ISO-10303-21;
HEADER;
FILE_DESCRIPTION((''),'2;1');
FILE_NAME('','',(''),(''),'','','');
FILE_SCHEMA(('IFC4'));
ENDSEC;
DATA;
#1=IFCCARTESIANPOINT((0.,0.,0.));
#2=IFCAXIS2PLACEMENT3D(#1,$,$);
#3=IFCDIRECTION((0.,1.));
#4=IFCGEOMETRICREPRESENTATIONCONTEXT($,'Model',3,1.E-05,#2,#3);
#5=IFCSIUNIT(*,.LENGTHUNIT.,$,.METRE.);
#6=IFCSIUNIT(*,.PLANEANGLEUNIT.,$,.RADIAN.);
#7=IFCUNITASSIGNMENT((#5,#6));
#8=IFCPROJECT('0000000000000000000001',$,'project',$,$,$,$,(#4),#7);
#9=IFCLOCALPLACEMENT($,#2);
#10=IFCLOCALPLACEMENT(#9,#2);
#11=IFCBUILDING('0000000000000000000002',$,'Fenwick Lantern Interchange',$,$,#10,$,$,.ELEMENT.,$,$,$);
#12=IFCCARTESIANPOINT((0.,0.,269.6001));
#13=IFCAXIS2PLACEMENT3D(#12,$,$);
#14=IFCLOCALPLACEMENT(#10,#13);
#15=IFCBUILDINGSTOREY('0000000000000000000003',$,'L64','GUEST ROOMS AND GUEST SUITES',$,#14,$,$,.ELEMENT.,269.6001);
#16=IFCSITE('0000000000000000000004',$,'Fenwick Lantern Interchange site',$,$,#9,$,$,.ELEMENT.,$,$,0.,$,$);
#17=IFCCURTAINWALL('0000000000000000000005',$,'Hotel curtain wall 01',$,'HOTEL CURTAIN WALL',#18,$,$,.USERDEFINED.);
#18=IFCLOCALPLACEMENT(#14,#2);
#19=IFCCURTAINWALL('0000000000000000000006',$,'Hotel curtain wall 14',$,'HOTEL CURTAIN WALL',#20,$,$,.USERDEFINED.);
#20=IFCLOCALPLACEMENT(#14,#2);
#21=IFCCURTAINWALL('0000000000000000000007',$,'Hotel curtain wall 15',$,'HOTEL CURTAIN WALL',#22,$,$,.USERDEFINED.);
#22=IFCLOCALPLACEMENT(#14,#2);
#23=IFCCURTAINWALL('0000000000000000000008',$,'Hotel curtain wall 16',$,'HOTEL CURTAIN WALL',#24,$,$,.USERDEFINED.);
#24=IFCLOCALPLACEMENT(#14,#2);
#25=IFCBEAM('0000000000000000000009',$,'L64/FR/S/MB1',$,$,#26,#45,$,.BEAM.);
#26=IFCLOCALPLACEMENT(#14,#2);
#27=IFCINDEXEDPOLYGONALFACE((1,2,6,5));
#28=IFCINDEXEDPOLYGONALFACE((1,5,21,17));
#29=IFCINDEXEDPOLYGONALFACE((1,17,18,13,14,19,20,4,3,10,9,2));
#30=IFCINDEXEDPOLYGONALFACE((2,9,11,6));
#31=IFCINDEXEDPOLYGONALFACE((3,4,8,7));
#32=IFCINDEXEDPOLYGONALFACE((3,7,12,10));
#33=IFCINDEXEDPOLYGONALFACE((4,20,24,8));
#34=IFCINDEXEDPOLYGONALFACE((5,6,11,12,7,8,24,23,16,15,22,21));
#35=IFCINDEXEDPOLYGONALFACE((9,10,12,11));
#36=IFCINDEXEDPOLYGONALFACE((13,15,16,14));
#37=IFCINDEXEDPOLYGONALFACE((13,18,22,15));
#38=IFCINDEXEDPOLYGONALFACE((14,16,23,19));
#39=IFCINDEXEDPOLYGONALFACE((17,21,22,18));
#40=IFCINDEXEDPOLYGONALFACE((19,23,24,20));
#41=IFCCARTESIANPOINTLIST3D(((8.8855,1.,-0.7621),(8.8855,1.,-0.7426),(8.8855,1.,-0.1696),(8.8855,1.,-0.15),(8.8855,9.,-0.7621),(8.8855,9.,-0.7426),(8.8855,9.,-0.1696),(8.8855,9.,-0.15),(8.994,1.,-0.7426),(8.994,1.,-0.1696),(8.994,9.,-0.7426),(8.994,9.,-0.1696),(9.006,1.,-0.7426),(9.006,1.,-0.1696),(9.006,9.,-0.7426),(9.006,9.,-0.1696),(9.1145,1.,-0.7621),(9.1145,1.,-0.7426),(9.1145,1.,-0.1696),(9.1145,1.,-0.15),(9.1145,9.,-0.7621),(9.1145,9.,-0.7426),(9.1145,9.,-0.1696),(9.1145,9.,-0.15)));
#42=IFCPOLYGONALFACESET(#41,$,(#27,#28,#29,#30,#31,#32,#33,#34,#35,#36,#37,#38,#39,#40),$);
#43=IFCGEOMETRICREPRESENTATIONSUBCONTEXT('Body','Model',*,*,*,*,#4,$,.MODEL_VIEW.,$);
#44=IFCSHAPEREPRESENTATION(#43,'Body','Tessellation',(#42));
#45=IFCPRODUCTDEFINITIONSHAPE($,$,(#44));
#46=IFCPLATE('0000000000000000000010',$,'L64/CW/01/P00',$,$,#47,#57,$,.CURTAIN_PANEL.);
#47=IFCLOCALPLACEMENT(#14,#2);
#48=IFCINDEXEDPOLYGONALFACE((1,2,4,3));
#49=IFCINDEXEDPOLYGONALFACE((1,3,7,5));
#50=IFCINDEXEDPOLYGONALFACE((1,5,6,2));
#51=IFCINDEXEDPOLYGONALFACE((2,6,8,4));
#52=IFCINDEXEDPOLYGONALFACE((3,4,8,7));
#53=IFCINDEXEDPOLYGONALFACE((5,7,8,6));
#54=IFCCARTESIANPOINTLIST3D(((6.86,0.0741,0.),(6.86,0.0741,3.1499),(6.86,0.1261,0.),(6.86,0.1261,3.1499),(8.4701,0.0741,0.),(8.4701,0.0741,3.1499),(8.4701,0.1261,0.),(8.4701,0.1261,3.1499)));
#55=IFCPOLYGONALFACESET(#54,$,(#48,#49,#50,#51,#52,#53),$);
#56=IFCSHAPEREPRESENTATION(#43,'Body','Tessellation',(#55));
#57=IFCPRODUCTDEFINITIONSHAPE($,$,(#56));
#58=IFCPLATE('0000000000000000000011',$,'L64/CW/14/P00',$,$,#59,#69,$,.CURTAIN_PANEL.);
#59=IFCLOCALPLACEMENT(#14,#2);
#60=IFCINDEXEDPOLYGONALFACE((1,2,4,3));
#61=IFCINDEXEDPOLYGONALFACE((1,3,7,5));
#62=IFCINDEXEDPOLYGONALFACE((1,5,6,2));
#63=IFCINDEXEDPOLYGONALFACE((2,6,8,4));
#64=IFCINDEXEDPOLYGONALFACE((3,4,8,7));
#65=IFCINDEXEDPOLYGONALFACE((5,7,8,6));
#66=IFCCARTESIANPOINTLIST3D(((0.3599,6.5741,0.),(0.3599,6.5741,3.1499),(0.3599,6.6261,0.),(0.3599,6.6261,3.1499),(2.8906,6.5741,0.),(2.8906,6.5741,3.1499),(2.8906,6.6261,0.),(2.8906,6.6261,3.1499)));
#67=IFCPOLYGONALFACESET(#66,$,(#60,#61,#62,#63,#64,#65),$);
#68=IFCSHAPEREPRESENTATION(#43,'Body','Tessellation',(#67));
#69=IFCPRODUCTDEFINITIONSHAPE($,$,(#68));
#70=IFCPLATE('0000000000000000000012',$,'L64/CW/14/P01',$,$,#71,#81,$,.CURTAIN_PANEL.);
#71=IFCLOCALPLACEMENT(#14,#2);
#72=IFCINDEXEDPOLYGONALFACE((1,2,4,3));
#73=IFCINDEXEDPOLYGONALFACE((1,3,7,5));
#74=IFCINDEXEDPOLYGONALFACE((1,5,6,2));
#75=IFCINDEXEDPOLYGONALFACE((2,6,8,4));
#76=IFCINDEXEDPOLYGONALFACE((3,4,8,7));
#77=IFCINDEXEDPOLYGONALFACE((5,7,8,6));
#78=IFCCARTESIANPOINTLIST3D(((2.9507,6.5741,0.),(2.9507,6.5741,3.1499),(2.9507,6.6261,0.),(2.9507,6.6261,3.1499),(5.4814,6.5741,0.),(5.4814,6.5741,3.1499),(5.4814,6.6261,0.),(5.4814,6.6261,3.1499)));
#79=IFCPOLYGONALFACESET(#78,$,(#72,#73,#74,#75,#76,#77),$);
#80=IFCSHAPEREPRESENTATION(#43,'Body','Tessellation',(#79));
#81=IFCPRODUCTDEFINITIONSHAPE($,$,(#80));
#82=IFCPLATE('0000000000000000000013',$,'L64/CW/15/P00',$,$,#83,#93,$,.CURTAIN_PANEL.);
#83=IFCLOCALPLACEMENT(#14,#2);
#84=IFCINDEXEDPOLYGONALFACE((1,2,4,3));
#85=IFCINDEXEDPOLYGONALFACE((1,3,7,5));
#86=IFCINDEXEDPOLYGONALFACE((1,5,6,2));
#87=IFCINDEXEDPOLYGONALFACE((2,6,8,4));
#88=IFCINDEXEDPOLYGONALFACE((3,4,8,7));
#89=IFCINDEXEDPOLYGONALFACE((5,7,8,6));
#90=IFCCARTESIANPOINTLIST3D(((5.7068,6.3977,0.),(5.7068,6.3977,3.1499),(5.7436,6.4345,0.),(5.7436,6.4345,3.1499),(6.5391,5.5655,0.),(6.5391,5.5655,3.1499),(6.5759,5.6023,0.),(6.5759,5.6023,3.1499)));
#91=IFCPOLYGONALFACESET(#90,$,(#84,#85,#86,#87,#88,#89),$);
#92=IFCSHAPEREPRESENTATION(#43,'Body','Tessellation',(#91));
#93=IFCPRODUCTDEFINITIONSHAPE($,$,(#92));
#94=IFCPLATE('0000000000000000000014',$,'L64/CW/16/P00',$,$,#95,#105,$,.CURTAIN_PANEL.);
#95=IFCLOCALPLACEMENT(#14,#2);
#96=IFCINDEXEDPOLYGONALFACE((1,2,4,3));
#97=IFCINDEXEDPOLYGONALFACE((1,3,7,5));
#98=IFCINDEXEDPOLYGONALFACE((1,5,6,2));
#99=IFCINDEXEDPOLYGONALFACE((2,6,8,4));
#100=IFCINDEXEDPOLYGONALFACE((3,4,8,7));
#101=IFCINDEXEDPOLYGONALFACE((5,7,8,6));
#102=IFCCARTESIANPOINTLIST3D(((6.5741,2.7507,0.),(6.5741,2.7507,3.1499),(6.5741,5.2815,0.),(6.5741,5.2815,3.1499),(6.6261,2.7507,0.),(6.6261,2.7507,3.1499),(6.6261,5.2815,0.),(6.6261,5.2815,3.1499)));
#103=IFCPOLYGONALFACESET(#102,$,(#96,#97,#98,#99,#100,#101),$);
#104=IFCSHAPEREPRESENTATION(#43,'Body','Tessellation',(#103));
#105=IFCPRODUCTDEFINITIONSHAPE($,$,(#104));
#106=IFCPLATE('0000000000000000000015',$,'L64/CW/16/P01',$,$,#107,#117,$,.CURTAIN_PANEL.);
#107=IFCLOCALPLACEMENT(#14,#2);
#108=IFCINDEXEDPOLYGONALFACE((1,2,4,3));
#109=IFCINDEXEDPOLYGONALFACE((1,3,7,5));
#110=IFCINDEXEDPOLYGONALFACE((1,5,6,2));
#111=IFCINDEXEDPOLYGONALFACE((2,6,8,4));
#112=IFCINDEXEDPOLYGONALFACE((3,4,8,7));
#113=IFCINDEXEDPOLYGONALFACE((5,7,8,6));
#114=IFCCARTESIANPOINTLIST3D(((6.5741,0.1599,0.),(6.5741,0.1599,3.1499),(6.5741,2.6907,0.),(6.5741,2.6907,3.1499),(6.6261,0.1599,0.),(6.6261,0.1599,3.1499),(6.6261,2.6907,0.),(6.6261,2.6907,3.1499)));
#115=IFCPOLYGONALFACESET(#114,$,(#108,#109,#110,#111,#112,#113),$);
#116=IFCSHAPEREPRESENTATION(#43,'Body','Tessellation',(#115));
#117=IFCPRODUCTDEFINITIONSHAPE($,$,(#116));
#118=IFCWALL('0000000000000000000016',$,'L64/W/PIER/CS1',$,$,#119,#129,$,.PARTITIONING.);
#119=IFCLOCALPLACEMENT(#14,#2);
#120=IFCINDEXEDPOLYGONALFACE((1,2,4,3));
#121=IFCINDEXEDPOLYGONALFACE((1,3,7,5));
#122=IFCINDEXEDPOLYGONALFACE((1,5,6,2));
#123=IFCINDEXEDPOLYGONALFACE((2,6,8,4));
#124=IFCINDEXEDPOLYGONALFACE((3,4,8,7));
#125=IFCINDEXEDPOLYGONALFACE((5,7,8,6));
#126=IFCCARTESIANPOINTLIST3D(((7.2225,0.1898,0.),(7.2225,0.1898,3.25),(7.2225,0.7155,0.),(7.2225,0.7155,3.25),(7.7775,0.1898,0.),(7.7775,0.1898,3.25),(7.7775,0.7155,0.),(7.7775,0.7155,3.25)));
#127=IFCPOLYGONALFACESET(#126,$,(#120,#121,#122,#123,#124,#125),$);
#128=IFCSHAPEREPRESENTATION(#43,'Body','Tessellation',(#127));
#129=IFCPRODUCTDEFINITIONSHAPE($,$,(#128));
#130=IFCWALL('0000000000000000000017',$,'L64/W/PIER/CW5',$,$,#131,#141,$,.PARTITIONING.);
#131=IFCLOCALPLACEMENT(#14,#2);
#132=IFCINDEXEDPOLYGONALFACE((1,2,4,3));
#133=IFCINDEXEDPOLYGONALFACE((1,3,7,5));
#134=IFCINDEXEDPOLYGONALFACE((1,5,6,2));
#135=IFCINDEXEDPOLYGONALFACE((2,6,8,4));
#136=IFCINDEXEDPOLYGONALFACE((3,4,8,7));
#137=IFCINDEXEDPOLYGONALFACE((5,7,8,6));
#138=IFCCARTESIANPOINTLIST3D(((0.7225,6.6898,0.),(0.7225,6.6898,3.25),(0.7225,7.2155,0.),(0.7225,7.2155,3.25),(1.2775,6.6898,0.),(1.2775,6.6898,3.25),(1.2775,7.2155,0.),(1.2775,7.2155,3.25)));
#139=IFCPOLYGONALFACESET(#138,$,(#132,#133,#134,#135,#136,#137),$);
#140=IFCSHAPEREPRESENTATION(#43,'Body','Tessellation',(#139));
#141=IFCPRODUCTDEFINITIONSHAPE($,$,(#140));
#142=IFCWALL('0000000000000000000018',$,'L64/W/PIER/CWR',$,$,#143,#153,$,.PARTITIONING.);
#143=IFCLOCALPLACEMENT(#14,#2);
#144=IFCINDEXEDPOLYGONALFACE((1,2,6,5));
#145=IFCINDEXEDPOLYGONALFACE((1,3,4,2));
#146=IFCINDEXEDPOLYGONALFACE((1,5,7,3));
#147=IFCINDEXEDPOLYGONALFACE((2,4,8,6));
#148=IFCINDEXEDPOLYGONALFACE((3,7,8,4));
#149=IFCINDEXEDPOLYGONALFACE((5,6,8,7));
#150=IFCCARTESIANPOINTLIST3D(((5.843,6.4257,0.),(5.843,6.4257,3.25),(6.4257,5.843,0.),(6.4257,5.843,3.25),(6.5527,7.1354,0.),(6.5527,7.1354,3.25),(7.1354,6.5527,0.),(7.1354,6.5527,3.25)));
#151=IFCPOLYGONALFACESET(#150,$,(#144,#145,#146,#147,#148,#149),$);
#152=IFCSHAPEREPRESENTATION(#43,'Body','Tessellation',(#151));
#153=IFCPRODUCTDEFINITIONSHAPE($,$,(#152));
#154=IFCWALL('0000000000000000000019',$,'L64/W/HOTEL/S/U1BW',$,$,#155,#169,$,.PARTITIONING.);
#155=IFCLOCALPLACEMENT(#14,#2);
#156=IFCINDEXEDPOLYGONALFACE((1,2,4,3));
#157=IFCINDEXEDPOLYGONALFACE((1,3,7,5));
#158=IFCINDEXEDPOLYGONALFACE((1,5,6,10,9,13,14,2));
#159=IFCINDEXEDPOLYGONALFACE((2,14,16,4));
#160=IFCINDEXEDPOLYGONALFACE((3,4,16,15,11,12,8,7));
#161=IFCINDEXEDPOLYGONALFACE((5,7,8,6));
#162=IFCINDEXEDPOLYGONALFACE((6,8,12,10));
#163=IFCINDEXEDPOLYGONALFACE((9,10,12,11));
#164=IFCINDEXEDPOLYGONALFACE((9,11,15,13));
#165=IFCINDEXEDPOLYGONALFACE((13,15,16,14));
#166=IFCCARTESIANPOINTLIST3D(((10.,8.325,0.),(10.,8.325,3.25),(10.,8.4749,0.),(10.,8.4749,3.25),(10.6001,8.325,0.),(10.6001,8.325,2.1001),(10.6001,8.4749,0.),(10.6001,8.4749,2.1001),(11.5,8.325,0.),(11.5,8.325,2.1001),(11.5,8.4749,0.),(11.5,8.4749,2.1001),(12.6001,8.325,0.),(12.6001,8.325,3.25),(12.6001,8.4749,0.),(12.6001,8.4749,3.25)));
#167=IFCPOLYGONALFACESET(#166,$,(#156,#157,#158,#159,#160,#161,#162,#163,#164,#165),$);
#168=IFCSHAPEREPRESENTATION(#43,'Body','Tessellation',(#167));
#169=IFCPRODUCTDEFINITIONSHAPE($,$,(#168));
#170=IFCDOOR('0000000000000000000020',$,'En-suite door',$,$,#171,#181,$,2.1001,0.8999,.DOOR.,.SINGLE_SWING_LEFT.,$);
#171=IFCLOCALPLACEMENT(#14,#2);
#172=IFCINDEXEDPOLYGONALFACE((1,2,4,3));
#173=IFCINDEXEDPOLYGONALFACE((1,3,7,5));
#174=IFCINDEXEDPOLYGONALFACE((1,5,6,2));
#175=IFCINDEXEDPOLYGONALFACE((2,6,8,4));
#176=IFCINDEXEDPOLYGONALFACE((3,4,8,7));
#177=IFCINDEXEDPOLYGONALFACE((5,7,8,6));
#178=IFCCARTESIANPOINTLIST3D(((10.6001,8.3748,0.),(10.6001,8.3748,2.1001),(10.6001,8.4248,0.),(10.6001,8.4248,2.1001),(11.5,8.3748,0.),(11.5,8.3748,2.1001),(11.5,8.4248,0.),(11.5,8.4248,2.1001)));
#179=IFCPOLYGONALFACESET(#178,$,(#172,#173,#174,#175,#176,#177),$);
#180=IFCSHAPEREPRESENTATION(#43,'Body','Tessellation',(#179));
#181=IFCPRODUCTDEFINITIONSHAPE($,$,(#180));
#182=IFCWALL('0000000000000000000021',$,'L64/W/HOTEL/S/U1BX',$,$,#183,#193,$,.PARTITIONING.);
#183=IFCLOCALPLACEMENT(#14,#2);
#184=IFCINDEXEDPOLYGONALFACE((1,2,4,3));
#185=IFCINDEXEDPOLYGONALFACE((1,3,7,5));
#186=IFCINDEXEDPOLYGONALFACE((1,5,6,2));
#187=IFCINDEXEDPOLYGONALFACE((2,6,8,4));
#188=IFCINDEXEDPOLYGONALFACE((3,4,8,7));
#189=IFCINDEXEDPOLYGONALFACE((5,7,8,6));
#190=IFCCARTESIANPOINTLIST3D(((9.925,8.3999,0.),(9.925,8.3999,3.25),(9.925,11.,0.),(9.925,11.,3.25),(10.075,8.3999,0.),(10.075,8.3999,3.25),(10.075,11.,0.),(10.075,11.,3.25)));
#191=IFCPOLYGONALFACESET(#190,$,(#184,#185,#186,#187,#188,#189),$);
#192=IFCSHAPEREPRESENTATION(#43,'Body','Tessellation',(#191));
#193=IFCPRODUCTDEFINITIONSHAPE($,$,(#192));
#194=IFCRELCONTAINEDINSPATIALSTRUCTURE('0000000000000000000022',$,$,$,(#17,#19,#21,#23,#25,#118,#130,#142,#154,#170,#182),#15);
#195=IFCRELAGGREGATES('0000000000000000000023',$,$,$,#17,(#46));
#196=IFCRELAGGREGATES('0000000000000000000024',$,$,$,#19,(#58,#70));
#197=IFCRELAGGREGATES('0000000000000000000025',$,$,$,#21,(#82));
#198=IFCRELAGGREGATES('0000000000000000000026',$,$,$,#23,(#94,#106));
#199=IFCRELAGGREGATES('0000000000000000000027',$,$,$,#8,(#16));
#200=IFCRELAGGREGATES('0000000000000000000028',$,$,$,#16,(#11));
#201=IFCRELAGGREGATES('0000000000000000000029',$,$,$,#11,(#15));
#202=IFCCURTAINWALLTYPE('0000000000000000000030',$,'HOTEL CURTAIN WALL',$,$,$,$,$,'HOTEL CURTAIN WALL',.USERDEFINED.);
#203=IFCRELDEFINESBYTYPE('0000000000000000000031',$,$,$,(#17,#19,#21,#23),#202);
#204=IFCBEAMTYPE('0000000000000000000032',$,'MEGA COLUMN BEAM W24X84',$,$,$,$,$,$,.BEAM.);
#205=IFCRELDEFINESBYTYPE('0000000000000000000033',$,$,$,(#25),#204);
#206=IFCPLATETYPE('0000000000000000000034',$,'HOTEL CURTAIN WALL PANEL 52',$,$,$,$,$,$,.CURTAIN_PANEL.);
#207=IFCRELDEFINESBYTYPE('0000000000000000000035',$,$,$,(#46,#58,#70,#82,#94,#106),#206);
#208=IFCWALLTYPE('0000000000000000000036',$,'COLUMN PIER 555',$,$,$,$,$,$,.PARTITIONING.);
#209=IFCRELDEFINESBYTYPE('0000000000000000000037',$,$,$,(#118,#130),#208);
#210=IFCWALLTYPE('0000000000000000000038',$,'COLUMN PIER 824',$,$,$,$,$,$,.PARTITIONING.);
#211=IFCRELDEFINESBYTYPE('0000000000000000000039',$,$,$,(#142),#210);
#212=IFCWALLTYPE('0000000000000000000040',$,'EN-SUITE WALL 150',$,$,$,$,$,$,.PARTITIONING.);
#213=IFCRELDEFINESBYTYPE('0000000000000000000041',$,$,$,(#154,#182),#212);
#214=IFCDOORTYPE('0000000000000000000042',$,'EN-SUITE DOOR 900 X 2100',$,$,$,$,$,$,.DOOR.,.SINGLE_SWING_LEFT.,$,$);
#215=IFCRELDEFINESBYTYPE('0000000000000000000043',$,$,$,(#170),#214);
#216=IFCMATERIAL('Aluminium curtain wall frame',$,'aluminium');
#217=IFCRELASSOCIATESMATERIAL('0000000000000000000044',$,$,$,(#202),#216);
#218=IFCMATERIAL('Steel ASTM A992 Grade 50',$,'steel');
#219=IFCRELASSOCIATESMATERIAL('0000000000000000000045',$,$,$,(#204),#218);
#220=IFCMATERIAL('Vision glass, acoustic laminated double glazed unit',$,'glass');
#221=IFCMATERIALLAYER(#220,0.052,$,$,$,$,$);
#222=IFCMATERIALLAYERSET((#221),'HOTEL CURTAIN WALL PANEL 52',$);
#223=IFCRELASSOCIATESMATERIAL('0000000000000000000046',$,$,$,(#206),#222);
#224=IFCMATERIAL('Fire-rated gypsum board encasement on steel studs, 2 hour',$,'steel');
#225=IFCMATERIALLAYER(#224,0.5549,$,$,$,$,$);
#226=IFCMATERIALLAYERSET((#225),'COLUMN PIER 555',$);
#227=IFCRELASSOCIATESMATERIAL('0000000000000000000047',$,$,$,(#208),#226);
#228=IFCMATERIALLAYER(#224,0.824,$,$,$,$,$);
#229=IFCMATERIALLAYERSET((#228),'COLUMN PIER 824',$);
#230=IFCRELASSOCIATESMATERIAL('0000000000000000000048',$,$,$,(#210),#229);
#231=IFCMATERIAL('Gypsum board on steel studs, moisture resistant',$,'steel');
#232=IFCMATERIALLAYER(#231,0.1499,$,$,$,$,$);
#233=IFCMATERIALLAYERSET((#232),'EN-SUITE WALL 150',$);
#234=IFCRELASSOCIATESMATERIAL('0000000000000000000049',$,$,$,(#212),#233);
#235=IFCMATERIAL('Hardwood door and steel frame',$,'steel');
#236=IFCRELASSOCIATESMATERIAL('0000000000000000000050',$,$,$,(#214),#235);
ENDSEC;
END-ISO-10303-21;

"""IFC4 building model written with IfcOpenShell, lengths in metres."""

from ifc_helpers import new_model, si_unit, direction, frame, frame_2d, origin, origin_2d, place, context, subcontext, project, spatial, rectangle, i_section, extrude, material, layer, layer_set, material_profile, profile_set, type_object, element, fill, aggregate, save


model = new_model("IFC4")

# Units and contexts
model_context = context("Model", 3, precision=1e-05, world=origin(), true_north=direction((0.0, 1.0)))
body_context = subcontext(model_context, "Body", "Model", "MODEL_VIEW")
ifc_project = project(units=[si_unit("LENGTHUNIT", "METRE"), si_unit("PLANEANGLEUNIT", "RADIAN")], contexts=[model_context])

# Site, building, storey
site_placement = place(None, origin())
site = spatial("IfcSite", under=ifc_project, at=site_placement, Name="Fenwick Lantern Interchange site", CompositionType="ELEMENT", RefElevation=0.0)
building_placement = place(site_placement, origin())
building = spatial("IfcBuilding", under=site, at=building_placement, Name="Fenwick Lantern Interchange", CompositionType="ELEMENT")
storey_placement = place(building_placement, frame((0.0, 0.0, 269.6001)))
storey = spatial("IfcBuildingStorey", under=building, at=storey_placement, Name="L64", Description="GUEST ROOMS AND GUEST SUITES", CompositionType="ELEMENT", Elevation=269.6001)

# Shared definitions
ifc_material_1 = material(Name="Steel ASTM A992 Grade 50", Category="steel")

# Curtain wall
ifc_material_2 = material(Name="Aluminium curtain wall frame", Category="aluminium")
curtain_wall_type = type_object("IfcCurtainWallType", Name="HOTEL CURTAIN WALL", ElementType="HOTEL CURTAIN WALL", PredefinedType="USERDEFINED", material=ifc_material_2)
curtain_wall_1_placement = place(storey_placement, origin())
curtain_wall_1 = element("IfcCurtainWall", 1, at=curtain_wall_1_placement, inside=storey, type_object=curtain_wall_type, Name="Hotel curtain wall 01", ObjectType="HOTEL CURTAIN WALL", PredefinedType="USERDEFINED")

# Curtain walls
curtain_wall_2_placement = place(storey_placement, origin())
curtain_wall_2 = element("IfcCurtainWall", 2, at=curtain_wall_2_placement, inside=storey, type_object=curtain_wall_type, Name="Hotel curtain wall 14", ObjectType="HOTEL CURTAIN WALL", PredefinedType="USERDEFINED")
curtain_wall_3_placement = place(storey_placement, origin())
curtain_wall_3 = element("IfcCurtainWall", 3, at=curtain_wall_3_placement, inside=storey, type_object=curtain_wall_type, Name="Hotel curtain wall 15", ObjectType="HOTEL CURTAIN WALL", PredefinedType="USERDEFINED")
curtain_wall_4_placement = place(storey_placement, origin())
curtain_wall_4 = element("IfcCurtainWall", 4, at=curtain_wall_4_placement, inside=storey, type_object=curtain_wall_type, Name="Hotel curtain wall 16", ObjectType="HOTEL CURTAIN WALL", PredefinedType="USERDEFINED")

# Beam
ifc_material_profile_1 = material_profile(ifc_material_1, i_section(OverallWidth=0.229, OverallDepth=0.6121, WebThickness=0.012, FlangeThickness=0.0195, at=origin_2d()), Name="W24X84")
ifc_profile_set_1 = profile_set([ifc_material_profile_1], Name="Steel ASTM A992 Grade 50")
beam_type_1 = type_object("IfcBeamType", Name="MEGA COLUMN BEAM W24X84", PredefinedType="BEAM", material=ifc_profile_set_1)
beam_1_placement = place(storey_placement, frame((9.0, 9.0, -0.4561), z_axis=(0.0, -1.0, 0.0), x_axis=(1.0, 0.0, 0.0)))
element("IfcBeam", 5, at=beam_1_placement, inside=storey, type_object=beam_type_1, Name="L64/FR/S/MB1", PredefinedType="BEAM", context=body_context, shape_type="SweptSolid", body=[
    extrude(i_section(OverallWidth=0.229, OverallDepth=0.6121, WebThickness=0.012, FlangeThickness=0.0195, at=origin_2d()), origin(), (0.0, 0.0, 1.0), 8.0),
])

# Plates
ifc_material_3 = material(Name="Vision glass, acoustic laminated double glazed unit", Category="glass")
ifc_layer_1 = layer(ifc_material_3, 0.052)
ifc_layer_set_1 = layer_set([ifc_layer_1], Name="HOTEL CURTAIN WALL PANEL 52")
plate_type = type_object("IfcPlateType", Name="HOTEL CURTAIN WALL PANEL 52", PredefinedType="CURTAIN_PANEL", material=ifc_layer_set_1)
plate_1_placement = place(storey_placement, frame((7.665, 0.1001, 0.0), z_axis=(0.0, 0.0, 1.0), x_axis=(1.0, 0.0, 0.0)))
plate_1 = element("IfcPlate", 6, at=plate_1_placement, type_object=plate_type, Name="L64/CW/01/P00", PredefinedType="CURTAIN_PANEL", context=body_context, shape_type="SweptSolid", body=[
    extrude(rectangle(XDim=1.6101, YDim=0.052, at=origin_2d()), origin(), (0.0, 0.0, 1.0), 3.1499),
])
aggregate(curtain_wall_1, [plate_1])
plate_2_placement = place(storey_placement, frame((1.6252, 6.6001, 0.0), z_axis=(0.0, 0.0, 1.0), x_axis=(1.0, 0.0, 0.0)))
plate_2 = element("IfcPlate", 7, at=plate_2_placement, type_object=plate_type, Name="L64/CW/14/P00", PredefinedType="CURTAIN_PANEL", context=body_context, shape_type="SweptSolid", body=[
    extrude(rectangle(XDim=2.5308, YDim=0.052, at=origin_2d()), origin(), (0.0, 0.0, 1.0), 3.1499),
])
plate_3_placement = place(storey_placement, frame((4.2161, 6.6001, 0.0), z_axis=(0.0, 0.0, 1.0), x_axis=(1.0, 0.0, 0.0)))
plate_3 = element("IfcPlate", 8, at=plate_3_placement, type_object=plate_type, Name="L64/CW/14/P01", PredefinedType="CURTAIN_PANEL", context=body_context, shape_type="SweptSolid", body=[
    extrude(rectangle(XDim=2.5308, YDim=0.052, at=origin_2d()), origin(), (0.0, 0.0, 1.0), 3.1499),
])
aggregate(curtain_wall_2, [plate_2, plate_3])
plate_4_placement = place(storey_placement, frame((6.1414, 6.0, 0.0), z_axis=(0.0, 0.0, 1.0), x_axis=(0.707107, -0.707107, 0.0)))
plate_4 = element("IfcPlate", 9, at=plate_4_placement, type_object=plate_type, Name="L64/CW/15/P00", PredefinedType="CURTAIN_PANEL", context=body_context, shape_type="SweptSolid", body=[
    extrude(rectangle(XDim=1.177, YDim=0.052, at=origin_2d()), origin(), (0.0, 0.0, 1.0), 3.1499),
])
aggregate(curtain_wall_3, [plate_4])
plate_5_placement = place(storey_placement, frame((6.6001, 4.0161, 0.0), z_axis=(0.0, 0.0, 1.0), x_axis=(0.0, -1.0, 0.0)))
plate_5 = element("IfcPlate", 10, at=plate_5_placement, type_object=plate_type, Name="L64/CW/16/P00", PredefinedType="CURTAIN_PANEL", context=body_context, shape_type="SweptSolid", body=[
    extrude(rectangle(XDim=2.5308, YDim=0.052, at=origin_2d()), origin(), (0.0, 0.0, 1.0), 3.1499),
])
plate_6_placement = place(storey_placement, frame((6.6001, 1.4253, 0.0), z_axis=(0.0, 0.0, 1.0), x_axis=(0.0, -1.0, 0.0)))
plate_6 = element("IfcPlate", 11, at=plate_6_placement, type_object=plate_type, Name="L64/CW/16/P01", PredefinedType="CURTAIN_PANEL", context=body_context, shape_type="SweptSolid", body=[
    extrude(rectangle(XDim=2.5308, YDim=0.052, at=origin_2d()), origin(), (0.0, 0.0, 1.0), 3.1499),
])
aggregate(curtain_wall_4, [plate_5, plate_6])

# Walls
ifc_material_4 = material(Name="Fire-rated gypsum board encasement on steel studs, 2 hour", Category="steel")
ifc_layer_2 = layer(ifc_material_4, 0.5549)
ifc_layer_set_2 = layer_set([ifc_layer_2], Name="COLUMN PIER 555")
wall_type_1 = type_object("IfcWallType", Name="COLUMN PIER 555", PredefinedType="PARTITIONING", material=ifc_layer_set_2)
for number, where, z_axis, x_axis, name in (
    (12, (7.5, 0.1899, 0.0), (0.0, 0.0, 1.0), (0.0, 1.0, 0.0), "L64/W/PIER/CS1"),
    (13, (1.0, 6.6899, 0.0), (0.0, 0.0, 1.0), (0.0, 1.0, 0.0), "L64/W/PIER/CW5"),
):
    element("IfcWall", number, at=place(storey_placement, frame(where, z_axis=z_axis, x_axis=x_axis)), inside=storey, type_object=wall_type_1, Name=name, PredefinedType="PARTITIONING", context=body_context, shape_type="SweptSolid", body=[
        extrude(rectangle(XDim=0.5256, YDim=0.5549, at=frame_2d((0.2627, 0.0))), origin(), (0.0, 0.0, 1.0), 3.25),
    ])
ifc_layer_3 = layer(ifc_material_4, 0.824)
ifc_layer_set_3 = layer_set([ifc_layer_3], Name="COLUMN PIER 824")
wall_type_2 = type_object("IfcWallType", Name="COLUMN PIER 824", PredefinedType="PARTITIONING", material=ifc_layer_set_3)
wall_1_placement = place(storey_placement, frame((6.1343, 6.1343, 0.0), z_axis=(0.0, 0.0, 1.0), x_axis=(0.707107, 0.707107, 0.0)))
element("IfcWall", 14, at=wall_1_placement, inside=storey, type_object=wall_type_2, Name="L64/W/PIER/CWR", PredefinedType="PARTITIONING", context=body_context, shape_type="SweptSolid", body=[
    extrude(rectangle(XDim=1.0037, YDim=0.824, at=frame_2d((0.502, 0.0))), origin(), (0.0, 0.0, 1.0), 3.25),
])

# Wall, opening, door
ifc_material_5 = material(Name="Gypsum board on steel studs, moisture resistant", Category="steel")
ifc_layer_4 = layer(ifc_material_5, 0.1499)
ifc_layer_set_4 = layer_set([ifc_layer_4], Name="EN-SUITE WALL 150")
wall_type_3 = type_object("IfcWallType", Name="EN-SUITE WALL 150", PredefinedType="PARTITIONING", material=ifc_layer_set_4)
wall_2_placement = place(storey_placement, frame((10.0, 8.3999, 0.0), z_axis=(0.0, 0.0, 1.0), x_axis=(1.0, 0.0, 0.0)))
wall_2 = element("IfcWall", 15, at=wall_2_placement, inside=storey, type_object=wall_type_3, Name="L64/W/HOTEL/S/U1BW", PredefinedType="PARTITIONING", context=body_context, shape_type="SweptSolid", body=[
    extrude(rectangle(XDim=2.6001, YDim=0.1499, at=frame_2d((1.3, 0.0))), origin(), (0.0, 0.0, 1.0), 3.25),
])
opening_placement = place(wall_2_placement, frame((0.6001, 0.0, 0.0)))
opening = element("IfcOpeningElement", 16, at=opening_placement, cuts=wall_2, PredefinedType="OPENING", context=body_context, shape_type="SweptSolid", body=[
    extrude(rectangle(XDim=0.8999, YDim=2.1001, at=frame_2d((0.45, 1.05))), frame((0.0, 0.085, 0.0), z_axis=(0.0, -1.0, 0.0), x_axis=(1.0, 0.0, 0.0)), (0.0, 0.0, 1.0), 0.1699),
])
ifc_material_6 = material(Name="Hardwood door and steel frame", Category="steel")
door_type = type_object("IfcDoorType", Name="EN-SUITE DOOR 900 X 2100", OperationType="SINGLE_SWING_LEFT", PredefinedType="DOOR", material=ifc_material_6)
door_placement = place(opening_placement, origin())
door = element("IfcDoor", 17, at=door_placement, inside=storey, type_object=door_type, Name="En-suite door", OperationType="SINGLE_SWING_LEFT", OverallHeight=2.1001, OverallWidth=0.8999, PredefinedType="DOOR", context=body_context, shape_type="SweptSolid", body=[
    extrude(rectangle(XDim=0.8999, YDim=2.1001, at=frame_2d((0.45, 1.05))), frame((0.0, 0.0249, 0.0), z_axis=(0.0, -1.0, 0.0), x_axis=(1.0, 0.0, 0.0)), (0.0, 0.0, 1.0), 0.05),
])
fill(opening, door)

# Wall
wall_3_placement = place(storey_placement, frame((10.0, 8.3999, 0.0), z_axis=(0.0, 0.0, 1.0), x_axis=(0.0, 1.0, 0.0)))
element("IfcWall", 18, at=wall_3_placement, inside=storey, type_object=wall_type_3, Name="L64/W/HOTEL/S/U1BX", PredefinedType="PARTITIONING", context=body_context, shape_type="SweptSolid", body=[
    extrude(rectangle(XDim=2.6001, YDim=0.1499, at=frame_2d((1.3, 0.0))), origin(), (0.0, 0.0, 1.0), 3.25),
])

save(model, "model.ifc")
